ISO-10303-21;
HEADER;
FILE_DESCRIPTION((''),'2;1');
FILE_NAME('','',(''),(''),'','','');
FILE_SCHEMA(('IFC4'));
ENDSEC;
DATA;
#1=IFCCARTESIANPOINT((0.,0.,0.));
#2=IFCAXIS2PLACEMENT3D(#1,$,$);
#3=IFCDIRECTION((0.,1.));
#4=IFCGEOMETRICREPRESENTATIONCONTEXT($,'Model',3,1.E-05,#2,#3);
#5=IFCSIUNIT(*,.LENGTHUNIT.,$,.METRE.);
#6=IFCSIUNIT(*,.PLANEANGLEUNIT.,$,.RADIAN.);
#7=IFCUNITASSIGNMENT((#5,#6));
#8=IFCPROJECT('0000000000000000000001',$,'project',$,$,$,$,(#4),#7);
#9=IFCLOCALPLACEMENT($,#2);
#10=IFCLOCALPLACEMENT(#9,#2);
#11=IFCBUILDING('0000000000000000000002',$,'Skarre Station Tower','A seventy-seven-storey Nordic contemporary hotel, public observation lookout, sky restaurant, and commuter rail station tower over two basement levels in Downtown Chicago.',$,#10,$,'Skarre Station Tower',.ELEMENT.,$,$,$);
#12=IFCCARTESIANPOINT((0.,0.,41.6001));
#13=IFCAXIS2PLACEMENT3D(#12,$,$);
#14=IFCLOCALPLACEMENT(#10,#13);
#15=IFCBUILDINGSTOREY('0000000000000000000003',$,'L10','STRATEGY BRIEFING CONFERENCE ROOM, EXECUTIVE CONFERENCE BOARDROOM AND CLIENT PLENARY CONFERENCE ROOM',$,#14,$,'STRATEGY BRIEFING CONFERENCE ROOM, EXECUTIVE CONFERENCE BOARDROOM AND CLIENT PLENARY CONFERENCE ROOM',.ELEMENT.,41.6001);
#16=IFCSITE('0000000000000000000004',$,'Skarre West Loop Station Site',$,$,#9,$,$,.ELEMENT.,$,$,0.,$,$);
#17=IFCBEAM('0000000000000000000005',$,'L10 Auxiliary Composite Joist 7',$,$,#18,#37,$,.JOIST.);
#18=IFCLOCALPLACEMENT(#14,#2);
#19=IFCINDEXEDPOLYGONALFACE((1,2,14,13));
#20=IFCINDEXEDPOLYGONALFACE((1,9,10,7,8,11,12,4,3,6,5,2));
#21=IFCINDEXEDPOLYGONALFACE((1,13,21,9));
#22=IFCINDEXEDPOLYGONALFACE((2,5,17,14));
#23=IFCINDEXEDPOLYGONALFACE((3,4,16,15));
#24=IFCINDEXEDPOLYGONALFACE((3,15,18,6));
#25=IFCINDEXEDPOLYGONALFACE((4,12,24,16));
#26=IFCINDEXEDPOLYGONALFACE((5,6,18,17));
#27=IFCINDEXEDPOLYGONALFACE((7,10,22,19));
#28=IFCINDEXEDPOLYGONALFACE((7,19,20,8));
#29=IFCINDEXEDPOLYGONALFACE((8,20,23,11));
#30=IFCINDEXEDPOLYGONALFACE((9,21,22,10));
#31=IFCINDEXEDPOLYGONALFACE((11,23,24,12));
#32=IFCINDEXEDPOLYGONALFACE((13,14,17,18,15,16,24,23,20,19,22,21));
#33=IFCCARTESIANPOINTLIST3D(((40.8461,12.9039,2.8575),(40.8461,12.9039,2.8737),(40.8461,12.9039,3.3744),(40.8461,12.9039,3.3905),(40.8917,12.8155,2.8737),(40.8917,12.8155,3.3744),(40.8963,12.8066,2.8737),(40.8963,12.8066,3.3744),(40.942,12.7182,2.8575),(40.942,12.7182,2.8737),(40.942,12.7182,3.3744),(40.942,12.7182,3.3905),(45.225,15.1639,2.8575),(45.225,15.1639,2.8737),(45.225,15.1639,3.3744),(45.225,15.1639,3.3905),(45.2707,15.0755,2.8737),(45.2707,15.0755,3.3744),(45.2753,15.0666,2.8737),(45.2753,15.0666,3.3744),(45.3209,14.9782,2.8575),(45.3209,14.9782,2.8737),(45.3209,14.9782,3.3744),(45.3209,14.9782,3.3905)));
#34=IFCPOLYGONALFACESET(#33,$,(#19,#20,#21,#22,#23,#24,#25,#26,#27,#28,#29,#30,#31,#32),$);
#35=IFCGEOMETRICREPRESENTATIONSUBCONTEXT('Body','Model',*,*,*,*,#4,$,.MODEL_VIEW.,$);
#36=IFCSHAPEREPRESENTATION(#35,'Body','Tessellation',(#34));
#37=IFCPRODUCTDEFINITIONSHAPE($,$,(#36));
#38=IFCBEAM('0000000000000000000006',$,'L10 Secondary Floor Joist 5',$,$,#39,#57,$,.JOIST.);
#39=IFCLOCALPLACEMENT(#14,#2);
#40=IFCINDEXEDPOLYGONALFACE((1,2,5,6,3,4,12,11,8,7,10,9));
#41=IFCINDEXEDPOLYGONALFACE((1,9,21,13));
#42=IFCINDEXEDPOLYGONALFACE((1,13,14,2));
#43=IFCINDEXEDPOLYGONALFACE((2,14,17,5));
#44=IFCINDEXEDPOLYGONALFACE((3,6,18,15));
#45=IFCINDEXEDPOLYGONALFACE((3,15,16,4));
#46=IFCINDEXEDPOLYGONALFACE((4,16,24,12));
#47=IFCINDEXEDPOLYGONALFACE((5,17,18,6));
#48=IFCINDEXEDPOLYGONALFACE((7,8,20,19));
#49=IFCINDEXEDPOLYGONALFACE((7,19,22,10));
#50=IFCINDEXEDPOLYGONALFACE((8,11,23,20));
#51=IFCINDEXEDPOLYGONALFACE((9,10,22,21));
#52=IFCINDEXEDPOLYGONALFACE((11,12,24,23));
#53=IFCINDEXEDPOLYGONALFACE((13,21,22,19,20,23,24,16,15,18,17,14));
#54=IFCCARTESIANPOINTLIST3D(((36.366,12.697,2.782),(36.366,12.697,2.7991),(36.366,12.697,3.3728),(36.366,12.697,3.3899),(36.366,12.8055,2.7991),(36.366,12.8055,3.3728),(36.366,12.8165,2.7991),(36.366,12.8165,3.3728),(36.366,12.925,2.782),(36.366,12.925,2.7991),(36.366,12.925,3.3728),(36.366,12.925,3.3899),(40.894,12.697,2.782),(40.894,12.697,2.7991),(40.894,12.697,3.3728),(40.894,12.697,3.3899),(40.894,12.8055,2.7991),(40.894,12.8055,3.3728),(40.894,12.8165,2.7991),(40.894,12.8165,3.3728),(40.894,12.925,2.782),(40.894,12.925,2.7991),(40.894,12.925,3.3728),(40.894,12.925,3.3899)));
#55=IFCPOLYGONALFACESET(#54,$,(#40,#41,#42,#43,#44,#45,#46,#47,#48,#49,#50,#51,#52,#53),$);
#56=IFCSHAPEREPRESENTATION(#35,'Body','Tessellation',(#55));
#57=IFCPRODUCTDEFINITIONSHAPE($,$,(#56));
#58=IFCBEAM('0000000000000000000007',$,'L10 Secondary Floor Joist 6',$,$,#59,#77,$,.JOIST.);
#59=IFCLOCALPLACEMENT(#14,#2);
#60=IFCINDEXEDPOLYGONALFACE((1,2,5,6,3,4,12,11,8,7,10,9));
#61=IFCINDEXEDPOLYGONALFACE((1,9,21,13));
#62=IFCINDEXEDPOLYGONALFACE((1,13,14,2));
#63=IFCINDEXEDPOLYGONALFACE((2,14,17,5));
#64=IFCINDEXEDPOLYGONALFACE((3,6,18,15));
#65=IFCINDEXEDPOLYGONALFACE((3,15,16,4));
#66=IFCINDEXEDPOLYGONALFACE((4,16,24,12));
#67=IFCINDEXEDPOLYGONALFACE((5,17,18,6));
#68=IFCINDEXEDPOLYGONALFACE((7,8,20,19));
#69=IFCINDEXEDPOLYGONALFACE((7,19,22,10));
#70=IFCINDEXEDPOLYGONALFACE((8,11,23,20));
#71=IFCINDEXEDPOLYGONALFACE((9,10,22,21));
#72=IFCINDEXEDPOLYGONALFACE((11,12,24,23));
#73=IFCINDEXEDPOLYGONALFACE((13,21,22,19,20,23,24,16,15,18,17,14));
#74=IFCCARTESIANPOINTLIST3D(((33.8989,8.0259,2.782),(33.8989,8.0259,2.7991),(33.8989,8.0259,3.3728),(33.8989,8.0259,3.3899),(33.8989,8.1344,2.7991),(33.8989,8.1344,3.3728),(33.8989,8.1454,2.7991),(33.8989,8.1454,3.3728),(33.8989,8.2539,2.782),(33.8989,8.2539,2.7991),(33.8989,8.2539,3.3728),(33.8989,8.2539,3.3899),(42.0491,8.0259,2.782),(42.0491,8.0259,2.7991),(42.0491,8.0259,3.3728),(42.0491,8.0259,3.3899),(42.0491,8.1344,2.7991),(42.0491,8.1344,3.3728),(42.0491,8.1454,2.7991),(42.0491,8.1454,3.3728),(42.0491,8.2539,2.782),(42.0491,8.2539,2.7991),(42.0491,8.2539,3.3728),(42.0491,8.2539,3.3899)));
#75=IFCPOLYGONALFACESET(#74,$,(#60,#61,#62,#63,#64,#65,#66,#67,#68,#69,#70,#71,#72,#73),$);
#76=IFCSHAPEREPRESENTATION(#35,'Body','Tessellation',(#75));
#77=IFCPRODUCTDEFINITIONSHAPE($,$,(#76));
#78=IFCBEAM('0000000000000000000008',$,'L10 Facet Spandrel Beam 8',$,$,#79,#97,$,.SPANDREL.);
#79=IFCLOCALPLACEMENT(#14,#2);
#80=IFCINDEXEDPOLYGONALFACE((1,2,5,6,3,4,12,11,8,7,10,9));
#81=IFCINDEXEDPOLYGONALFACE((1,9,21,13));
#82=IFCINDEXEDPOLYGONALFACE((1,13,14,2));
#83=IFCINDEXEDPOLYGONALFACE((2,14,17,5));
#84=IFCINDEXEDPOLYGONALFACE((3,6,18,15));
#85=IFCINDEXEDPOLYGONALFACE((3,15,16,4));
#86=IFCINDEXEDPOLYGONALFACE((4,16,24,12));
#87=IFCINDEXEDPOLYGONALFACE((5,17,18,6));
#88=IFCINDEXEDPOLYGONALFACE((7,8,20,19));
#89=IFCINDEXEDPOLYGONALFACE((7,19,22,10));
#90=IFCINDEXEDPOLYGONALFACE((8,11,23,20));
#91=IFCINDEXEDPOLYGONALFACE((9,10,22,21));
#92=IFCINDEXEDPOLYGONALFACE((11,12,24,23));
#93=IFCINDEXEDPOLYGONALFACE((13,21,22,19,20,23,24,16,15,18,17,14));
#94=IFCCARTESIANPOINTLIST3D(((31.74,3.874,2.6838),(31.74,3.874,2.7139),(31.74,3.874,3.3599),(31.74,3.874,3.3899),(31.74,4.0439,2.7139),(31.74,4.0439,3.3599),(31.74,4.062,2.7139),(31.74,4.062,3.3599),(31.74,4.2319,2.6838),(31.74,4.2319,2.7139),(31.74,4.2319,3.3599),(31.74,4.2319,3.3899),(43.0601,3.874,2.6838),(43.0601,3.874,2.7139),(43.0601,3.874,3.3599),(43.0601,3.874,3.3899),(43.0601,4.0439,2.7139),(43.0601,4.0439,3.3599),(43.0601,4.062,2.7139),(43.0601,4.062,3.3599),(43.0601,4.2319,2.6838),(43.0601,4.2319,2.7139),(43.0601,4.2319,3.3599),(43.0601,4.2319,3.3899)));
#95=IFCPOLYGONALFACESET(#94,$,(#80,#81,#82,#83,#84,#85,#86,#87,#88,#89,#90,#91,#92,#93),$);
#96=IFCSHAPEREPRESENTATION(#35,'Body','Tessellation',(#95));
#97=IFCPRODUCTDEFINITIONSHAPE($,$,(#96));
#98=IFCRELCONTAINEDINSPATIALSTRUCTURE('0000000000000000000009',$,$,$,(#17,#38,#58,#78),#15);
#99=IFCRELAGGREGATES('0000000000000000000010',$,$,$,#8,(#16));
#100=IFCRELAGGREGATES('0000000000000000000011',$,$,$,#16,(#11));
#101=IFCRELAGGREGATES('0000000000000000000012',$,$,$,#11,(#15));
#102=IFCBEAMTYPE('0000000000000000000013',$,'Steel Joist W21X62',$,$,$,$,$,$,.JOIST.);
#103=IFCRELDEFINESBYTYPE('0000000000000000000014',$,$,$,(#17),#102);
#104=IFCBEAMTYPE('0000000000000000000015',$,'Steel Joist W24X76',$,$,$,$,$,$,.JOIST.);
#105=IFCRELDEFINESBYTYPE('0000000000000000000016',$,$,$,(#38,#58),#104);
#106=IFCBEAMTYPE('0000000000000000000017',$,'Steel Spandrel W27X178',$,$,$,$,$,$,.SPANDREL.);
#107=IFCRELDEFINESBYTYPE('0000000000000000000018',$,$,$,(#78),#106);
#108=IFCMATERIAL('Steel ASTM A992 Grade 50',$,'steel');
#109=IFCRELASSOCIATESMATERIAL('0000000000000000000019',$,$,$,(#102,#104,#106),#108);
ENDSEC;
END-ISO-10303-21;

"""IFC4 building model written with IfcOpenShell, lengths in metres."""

from ifc_helpers import new_model, si_unit, direction, frame, origin, origin_2d, place, context, subcontext, project, spatial, i_section, extrude, material, material_profile, profile_set, type_object, element, save


model = new_model("IFC4")

# Units and contexts
model_context = context("Model", 3, precision=1e-05, world=origin(), true_north=direction((0.0, 1.0)))
body_context = subcontext(model_context, "Body", "Model", "MODEL_VIEW")
ifc_project = project(units=[si_unit("LENGTHUNIT", "METRE"), si_unit("PLANEANGLEUNIT", "RADIAN")], contexts=[model_context])

# Site, building, storey
site_placement = place(None, origin())
site = spatial("IfcSite", under=ifc_project, at=site_placement, Name="Skarre West Loop Station Site", CompositionType="ELEMENT", RefElevation=0.0)
building_placement = place(site_placement, origin())
building = spatial("IfcBuilding", under=site, at=building_placement, Name="Skarre Station Tower", Description="A seventy-seven-storey Nordic contemporary hotel, public observation lookout, sky restaurant, and commuter rail station tower over two basement levels in Downtown Chicago.", LongName="Skarre Station Tower", CompositionType="ELEMENT")
storey_placement = place(building_placement, frame((0.0, 0.0, 41.6001)))
storey = spatial("IfcBuildingStorey", under=building, at=storey_placement, Name="L10", Description="STRATEGY BRIEFING CONFERENCE ROOM, EXECUTIVE CONFERENCE BOARDROOM AND CLIENT PLENARY CONFERENCE ROOM", LongName="STRATEGY BRIEFING CONFERENCE ROOM, EXECUTIVE CONFERENCE BOARDROOM AND CLIENT PLENARY CONFERENCE ROOM", CompositionType="ELEMENT", Elevation=41.6001)

# Beams
ifc_material_1 = material(Name="Steel ASTM A992 Grade 50", Category="steel")
ifc_material_profile_1 = material_profile(ifc_material_1, i_section(OverallWidth=0.209, OverallDepth=0.533, WebThickness=0.01, FlangeThickness=0.0161, at=origin_2d()), Name="Steel ASTM A992 Grade 50")
ifc_profile_set_1 = profile_set([ifc_material_profile_1], Name="Steel ASTM A992 Grade 50")
beam_type_1 = type_object("IfcBeamType", Name="Steel Joist W21X62", PredefinedType="JOIST", material=ifc_profile_set_1)
beam_1_placement = place(storey_placement, frame((40.894, 12.811, 3.124), z_axis=(0.888627, 0.458632, 0.0), x_axis=(-0.458632, 0.888627, 0.0)))
element("IfcBeam", 1, at=beam_1_placement, inside=storey, type_object=beam_type_1, Name="L10 Auxiliary Composite Joist 7", PredefinedType="JOIST", context=body_context, shape_type="SweptSolid", body=[
    extrude(i_section(OverallWidth=0.209, OverallDepth=0.533, WebThickness=0.01, FlangeThickness=0.0161, at=origin_2d()), origin(), (0.0, 0.0, 1.0), 4.9277),
])
ifc_material_profile_2 = material_profile(ifc_material_1, i_section(OverallWidth=0.228, OverallDepth=0.6079, WebThickness=0.011, FlangeThickness=0.0171, at=origin_2d()), Name="Steel ASTM A992 Grade 50")
ifc_profile_set_2 = profile_set([ifc_material_profile_2], Name="Steel ASTM A992 Grade 50")
beam_type_2 = type_object("IfcBeamType", Name="Steel Joist W24X76", PredefinedType="JOIST", material=ifc_profile_set_2)
beam_2_placement = place(storey_placement, frame((36.366, 12.811, 3.0859), z_axis=(1.0, 0.0, 0.0), x_axis=(0.0, 1.0, 0.0)))
element("IfcBeam", 2, at=beam_2_placement, inside=storey, type_object=beam_type_2, Name="L10 Secondary Floor Joist 5", PredefinedType="JOIST", context=body_context, shape_type="SweptSolid", body=[
    extrude(i_section(OverallWidth=0.228, OverallDepth=0.6079, WebThickness=0.011, FlangeThickness=0.0171, at=origin_2d()), origin(), (0.0, 0.0, 1.0), 4.5281),
])
beam_3_placement = place(storey_placement, frame((33.8989, 8.1399, 3.0859), z_axis=(1.0, 0.0, 0.0), x_axis=(0.0, 1.0, 0.0)))
element("IfcBeam", 3, at=beam_3_placement, inside=storey, type_object=beam_type_2, Name="L10 Secondary Floor Joist 6", PredefinedType="JOIST", context=body_context, shape_type="SweptSolid", body=[
    extrude(i_section(OverallWidth=0.228, OverallDepth=0.6079, WebThickness=0.011, FlangeThickness=0.0171, at=origin_2d()), origin(), (0.0, 0.0, 1.0), 8.1501),
])
ifc_material_profile_3 = material_profile(ifc_material_1, i_section(OverallWidth=0.3579, OverallDepth=0.7061, WebThickness=0.0181, FlangeThickness=0.03, at=origin_2d()), Name="Steel ASTM A992 Grade 50")
ifc_profile_set_3 = profile_set([ifc_material_profile_3], Name="Steel ASTM A992 Grade 50")
beam_type_3 = type_object("IfcBeamType", Name="Steel Spandrel W27X178", PredefinedType="SPANDREL", material=ifc_profile_set_3)
beam_4_placement = place(storey_placement, frame((31.74, 4.053, 3.0369), z_axis=(1.0, 0.0, 0.0), x_axis=(0.0, 1.0, 0.0)))
element("IfcBeam", 4, at=beam_4_placement, inside=storey, type_object=beam_type_3, Name="L10 Facet Spandrel Beam 8", PredefinedType="SPANDREL", context=body_context, shape_type="SweptSolid", body=[
    extrude(i_section(OverallWidth=0.3579, OverallDepth=0.7061, WebThickness=0.0181, FlangeThickness=0.03, at=origin_2d()), origin(), (0.0, 0.0, 1.0), 11.3201),
])

save(model, "model.ifc")
